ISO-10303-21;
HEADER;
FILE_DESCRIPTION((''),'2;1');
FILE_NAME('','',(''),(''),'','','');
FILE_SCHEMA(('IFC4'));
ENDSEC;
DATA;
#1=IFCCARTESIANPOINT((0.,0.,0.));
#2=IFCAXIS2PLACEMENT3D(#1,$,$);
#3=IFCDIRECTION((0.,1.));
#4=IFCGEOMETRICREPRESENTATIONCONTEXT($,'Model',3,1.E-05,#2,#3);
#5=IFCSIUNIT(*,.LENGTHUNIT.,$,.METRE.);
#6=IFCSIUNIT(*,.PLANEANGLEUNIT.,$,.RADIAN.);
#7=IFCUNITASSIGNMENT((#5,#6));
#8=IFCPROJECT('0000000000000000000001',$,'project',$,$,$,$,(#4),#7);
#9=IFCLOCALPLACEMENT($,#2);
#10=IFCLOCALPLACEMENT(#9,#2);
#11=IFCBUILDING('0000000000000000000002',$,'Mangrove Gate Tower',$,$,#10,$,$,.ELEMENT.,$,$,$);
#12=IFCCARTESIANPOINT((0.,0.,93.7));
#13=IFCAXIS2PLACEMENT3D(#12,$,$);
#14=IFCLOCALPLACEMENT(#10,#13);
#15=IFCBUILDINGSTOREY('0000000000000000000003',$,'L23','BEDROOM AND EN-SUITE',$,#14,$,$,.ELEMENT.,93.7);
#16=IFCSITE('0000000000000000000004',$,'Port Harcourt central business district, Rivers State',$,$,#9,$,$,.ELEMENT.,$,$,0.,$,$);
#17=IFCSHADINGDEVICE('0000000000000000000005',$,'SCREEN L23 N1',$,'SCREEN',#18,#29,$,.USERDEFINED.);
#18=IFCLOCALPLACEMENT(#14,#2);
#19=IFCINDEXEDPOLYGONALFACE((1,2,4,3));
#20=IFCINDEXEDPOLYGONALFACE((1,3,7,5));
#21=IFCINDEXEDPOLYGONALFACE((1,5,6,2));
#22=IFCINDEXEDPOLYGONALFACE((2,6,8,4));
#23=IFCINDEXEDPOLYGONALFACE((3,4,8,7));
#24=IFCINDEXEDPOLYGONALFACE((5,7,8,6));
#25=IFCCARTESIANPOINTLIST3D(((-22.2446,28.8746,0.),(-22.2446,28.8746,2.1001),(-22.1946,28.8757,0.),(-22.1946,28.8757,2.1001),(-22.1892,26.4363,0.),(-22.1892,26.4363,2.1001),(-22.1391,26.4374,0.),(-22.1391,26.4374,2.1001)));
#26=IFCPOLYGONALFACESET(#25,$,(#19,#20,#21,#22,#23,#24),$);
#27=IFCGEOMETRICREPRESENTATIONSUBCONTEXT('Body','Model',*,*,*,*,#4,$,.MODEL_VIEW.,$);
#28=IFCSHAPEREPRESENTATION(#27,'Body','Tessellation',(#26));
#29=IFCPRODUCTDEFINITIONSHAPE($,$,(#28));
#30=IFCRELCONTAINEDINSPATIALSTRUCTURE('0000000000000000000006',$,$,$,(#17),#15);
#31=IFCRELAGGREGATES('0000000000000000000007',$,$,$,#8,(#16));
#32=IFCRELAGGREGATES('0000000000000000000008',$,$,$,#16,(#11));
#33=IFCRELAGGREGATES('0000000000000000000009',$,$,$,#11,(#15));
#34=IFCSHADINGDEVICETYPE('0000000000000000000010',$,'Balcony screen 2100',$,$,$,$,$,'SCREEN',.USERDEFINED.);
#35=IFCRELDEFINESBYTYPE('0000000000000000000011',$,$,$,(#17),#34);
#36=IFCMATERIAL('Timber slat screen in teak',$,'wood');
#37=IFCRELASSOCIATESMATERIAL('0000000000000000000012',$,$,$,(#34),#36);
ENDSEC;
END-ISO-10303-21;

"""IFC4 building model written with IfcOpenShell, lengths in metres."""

from ifc_helpers import new_model, si_unit, direction, frame, origin, origin_2d, place, context, subcontext, project, spatial, rectangle, extrude, material, type_object, element, save


model = new_model("IFC4")

# Units and contexts
model_context = context("Model", 3, precision=1e-05, world=origin(), true_north=direction((0.0, 1.0)))
body_context = subcontext(model_context, "Body", "Model", "MODEL_VIEW")
ifc_project = project(units=[si_unit("LENGTHUNIT", "METRE"), si_unit("PLANEANGLEUNIT", "RADIAN")], contexts=[model_context])

# Site, building, storey
site_placement = place(None, origin())
site = spatial("IfcSite", under=ifc_project, at=site_placement, Name="Port Harcourt central business district, Rivers State", CompositionType="ELEMENT", RefElevation=0.0)
building_placement = place(site_placement, origin())
building = spatial("IfcBuilding", under=site, at=building_placement, Name="Mangrove Gate Tower", CompositionType="ELEMENT")
storey_placement = place(building_placement, frame((0.0, 0.0, 93.7)))
storey = spatial("IfcBuildingStorey", under=building, at=storey_placement, Name="L23", Description="BEDROOM AND EN-SUITE", CompositionType="ELEMENT", Elevation=93.7)

# Shading device
ifc_material_1 = material(Name="Timber slat screen in teak", Category="wood")
shading_device_type = type_object("IfcShadingDeviceType", Name="Balcony screen 2100", ElementType="SCREEN", PredefinedType="USERDEFINED", material=ifc_material_1)
shading_device_placement = place(storey_placement, frame((-22.1919, 27.656, 0.0), z_axis=(0.0, 0.0, 1.0), x_axis=(-0.02274, 0.999741, 0.0)))
element("IfcShadingDevice", 1, at=shading_device_placement, inside=storey, type_object=shading_device_type, Name="SCREEN L23 N1", ObjectType="SCREEN", PredefinedType="USERDEFINED", context=body_context, shape_type="SweptSolid", body=[
    extrude(rectangle(XDim=2.439, YDim=0.05, at=origin_2d()), origin(), (0.0, 0.0, 1.0), 2.1001),
])

save(model, "model.ifc")
